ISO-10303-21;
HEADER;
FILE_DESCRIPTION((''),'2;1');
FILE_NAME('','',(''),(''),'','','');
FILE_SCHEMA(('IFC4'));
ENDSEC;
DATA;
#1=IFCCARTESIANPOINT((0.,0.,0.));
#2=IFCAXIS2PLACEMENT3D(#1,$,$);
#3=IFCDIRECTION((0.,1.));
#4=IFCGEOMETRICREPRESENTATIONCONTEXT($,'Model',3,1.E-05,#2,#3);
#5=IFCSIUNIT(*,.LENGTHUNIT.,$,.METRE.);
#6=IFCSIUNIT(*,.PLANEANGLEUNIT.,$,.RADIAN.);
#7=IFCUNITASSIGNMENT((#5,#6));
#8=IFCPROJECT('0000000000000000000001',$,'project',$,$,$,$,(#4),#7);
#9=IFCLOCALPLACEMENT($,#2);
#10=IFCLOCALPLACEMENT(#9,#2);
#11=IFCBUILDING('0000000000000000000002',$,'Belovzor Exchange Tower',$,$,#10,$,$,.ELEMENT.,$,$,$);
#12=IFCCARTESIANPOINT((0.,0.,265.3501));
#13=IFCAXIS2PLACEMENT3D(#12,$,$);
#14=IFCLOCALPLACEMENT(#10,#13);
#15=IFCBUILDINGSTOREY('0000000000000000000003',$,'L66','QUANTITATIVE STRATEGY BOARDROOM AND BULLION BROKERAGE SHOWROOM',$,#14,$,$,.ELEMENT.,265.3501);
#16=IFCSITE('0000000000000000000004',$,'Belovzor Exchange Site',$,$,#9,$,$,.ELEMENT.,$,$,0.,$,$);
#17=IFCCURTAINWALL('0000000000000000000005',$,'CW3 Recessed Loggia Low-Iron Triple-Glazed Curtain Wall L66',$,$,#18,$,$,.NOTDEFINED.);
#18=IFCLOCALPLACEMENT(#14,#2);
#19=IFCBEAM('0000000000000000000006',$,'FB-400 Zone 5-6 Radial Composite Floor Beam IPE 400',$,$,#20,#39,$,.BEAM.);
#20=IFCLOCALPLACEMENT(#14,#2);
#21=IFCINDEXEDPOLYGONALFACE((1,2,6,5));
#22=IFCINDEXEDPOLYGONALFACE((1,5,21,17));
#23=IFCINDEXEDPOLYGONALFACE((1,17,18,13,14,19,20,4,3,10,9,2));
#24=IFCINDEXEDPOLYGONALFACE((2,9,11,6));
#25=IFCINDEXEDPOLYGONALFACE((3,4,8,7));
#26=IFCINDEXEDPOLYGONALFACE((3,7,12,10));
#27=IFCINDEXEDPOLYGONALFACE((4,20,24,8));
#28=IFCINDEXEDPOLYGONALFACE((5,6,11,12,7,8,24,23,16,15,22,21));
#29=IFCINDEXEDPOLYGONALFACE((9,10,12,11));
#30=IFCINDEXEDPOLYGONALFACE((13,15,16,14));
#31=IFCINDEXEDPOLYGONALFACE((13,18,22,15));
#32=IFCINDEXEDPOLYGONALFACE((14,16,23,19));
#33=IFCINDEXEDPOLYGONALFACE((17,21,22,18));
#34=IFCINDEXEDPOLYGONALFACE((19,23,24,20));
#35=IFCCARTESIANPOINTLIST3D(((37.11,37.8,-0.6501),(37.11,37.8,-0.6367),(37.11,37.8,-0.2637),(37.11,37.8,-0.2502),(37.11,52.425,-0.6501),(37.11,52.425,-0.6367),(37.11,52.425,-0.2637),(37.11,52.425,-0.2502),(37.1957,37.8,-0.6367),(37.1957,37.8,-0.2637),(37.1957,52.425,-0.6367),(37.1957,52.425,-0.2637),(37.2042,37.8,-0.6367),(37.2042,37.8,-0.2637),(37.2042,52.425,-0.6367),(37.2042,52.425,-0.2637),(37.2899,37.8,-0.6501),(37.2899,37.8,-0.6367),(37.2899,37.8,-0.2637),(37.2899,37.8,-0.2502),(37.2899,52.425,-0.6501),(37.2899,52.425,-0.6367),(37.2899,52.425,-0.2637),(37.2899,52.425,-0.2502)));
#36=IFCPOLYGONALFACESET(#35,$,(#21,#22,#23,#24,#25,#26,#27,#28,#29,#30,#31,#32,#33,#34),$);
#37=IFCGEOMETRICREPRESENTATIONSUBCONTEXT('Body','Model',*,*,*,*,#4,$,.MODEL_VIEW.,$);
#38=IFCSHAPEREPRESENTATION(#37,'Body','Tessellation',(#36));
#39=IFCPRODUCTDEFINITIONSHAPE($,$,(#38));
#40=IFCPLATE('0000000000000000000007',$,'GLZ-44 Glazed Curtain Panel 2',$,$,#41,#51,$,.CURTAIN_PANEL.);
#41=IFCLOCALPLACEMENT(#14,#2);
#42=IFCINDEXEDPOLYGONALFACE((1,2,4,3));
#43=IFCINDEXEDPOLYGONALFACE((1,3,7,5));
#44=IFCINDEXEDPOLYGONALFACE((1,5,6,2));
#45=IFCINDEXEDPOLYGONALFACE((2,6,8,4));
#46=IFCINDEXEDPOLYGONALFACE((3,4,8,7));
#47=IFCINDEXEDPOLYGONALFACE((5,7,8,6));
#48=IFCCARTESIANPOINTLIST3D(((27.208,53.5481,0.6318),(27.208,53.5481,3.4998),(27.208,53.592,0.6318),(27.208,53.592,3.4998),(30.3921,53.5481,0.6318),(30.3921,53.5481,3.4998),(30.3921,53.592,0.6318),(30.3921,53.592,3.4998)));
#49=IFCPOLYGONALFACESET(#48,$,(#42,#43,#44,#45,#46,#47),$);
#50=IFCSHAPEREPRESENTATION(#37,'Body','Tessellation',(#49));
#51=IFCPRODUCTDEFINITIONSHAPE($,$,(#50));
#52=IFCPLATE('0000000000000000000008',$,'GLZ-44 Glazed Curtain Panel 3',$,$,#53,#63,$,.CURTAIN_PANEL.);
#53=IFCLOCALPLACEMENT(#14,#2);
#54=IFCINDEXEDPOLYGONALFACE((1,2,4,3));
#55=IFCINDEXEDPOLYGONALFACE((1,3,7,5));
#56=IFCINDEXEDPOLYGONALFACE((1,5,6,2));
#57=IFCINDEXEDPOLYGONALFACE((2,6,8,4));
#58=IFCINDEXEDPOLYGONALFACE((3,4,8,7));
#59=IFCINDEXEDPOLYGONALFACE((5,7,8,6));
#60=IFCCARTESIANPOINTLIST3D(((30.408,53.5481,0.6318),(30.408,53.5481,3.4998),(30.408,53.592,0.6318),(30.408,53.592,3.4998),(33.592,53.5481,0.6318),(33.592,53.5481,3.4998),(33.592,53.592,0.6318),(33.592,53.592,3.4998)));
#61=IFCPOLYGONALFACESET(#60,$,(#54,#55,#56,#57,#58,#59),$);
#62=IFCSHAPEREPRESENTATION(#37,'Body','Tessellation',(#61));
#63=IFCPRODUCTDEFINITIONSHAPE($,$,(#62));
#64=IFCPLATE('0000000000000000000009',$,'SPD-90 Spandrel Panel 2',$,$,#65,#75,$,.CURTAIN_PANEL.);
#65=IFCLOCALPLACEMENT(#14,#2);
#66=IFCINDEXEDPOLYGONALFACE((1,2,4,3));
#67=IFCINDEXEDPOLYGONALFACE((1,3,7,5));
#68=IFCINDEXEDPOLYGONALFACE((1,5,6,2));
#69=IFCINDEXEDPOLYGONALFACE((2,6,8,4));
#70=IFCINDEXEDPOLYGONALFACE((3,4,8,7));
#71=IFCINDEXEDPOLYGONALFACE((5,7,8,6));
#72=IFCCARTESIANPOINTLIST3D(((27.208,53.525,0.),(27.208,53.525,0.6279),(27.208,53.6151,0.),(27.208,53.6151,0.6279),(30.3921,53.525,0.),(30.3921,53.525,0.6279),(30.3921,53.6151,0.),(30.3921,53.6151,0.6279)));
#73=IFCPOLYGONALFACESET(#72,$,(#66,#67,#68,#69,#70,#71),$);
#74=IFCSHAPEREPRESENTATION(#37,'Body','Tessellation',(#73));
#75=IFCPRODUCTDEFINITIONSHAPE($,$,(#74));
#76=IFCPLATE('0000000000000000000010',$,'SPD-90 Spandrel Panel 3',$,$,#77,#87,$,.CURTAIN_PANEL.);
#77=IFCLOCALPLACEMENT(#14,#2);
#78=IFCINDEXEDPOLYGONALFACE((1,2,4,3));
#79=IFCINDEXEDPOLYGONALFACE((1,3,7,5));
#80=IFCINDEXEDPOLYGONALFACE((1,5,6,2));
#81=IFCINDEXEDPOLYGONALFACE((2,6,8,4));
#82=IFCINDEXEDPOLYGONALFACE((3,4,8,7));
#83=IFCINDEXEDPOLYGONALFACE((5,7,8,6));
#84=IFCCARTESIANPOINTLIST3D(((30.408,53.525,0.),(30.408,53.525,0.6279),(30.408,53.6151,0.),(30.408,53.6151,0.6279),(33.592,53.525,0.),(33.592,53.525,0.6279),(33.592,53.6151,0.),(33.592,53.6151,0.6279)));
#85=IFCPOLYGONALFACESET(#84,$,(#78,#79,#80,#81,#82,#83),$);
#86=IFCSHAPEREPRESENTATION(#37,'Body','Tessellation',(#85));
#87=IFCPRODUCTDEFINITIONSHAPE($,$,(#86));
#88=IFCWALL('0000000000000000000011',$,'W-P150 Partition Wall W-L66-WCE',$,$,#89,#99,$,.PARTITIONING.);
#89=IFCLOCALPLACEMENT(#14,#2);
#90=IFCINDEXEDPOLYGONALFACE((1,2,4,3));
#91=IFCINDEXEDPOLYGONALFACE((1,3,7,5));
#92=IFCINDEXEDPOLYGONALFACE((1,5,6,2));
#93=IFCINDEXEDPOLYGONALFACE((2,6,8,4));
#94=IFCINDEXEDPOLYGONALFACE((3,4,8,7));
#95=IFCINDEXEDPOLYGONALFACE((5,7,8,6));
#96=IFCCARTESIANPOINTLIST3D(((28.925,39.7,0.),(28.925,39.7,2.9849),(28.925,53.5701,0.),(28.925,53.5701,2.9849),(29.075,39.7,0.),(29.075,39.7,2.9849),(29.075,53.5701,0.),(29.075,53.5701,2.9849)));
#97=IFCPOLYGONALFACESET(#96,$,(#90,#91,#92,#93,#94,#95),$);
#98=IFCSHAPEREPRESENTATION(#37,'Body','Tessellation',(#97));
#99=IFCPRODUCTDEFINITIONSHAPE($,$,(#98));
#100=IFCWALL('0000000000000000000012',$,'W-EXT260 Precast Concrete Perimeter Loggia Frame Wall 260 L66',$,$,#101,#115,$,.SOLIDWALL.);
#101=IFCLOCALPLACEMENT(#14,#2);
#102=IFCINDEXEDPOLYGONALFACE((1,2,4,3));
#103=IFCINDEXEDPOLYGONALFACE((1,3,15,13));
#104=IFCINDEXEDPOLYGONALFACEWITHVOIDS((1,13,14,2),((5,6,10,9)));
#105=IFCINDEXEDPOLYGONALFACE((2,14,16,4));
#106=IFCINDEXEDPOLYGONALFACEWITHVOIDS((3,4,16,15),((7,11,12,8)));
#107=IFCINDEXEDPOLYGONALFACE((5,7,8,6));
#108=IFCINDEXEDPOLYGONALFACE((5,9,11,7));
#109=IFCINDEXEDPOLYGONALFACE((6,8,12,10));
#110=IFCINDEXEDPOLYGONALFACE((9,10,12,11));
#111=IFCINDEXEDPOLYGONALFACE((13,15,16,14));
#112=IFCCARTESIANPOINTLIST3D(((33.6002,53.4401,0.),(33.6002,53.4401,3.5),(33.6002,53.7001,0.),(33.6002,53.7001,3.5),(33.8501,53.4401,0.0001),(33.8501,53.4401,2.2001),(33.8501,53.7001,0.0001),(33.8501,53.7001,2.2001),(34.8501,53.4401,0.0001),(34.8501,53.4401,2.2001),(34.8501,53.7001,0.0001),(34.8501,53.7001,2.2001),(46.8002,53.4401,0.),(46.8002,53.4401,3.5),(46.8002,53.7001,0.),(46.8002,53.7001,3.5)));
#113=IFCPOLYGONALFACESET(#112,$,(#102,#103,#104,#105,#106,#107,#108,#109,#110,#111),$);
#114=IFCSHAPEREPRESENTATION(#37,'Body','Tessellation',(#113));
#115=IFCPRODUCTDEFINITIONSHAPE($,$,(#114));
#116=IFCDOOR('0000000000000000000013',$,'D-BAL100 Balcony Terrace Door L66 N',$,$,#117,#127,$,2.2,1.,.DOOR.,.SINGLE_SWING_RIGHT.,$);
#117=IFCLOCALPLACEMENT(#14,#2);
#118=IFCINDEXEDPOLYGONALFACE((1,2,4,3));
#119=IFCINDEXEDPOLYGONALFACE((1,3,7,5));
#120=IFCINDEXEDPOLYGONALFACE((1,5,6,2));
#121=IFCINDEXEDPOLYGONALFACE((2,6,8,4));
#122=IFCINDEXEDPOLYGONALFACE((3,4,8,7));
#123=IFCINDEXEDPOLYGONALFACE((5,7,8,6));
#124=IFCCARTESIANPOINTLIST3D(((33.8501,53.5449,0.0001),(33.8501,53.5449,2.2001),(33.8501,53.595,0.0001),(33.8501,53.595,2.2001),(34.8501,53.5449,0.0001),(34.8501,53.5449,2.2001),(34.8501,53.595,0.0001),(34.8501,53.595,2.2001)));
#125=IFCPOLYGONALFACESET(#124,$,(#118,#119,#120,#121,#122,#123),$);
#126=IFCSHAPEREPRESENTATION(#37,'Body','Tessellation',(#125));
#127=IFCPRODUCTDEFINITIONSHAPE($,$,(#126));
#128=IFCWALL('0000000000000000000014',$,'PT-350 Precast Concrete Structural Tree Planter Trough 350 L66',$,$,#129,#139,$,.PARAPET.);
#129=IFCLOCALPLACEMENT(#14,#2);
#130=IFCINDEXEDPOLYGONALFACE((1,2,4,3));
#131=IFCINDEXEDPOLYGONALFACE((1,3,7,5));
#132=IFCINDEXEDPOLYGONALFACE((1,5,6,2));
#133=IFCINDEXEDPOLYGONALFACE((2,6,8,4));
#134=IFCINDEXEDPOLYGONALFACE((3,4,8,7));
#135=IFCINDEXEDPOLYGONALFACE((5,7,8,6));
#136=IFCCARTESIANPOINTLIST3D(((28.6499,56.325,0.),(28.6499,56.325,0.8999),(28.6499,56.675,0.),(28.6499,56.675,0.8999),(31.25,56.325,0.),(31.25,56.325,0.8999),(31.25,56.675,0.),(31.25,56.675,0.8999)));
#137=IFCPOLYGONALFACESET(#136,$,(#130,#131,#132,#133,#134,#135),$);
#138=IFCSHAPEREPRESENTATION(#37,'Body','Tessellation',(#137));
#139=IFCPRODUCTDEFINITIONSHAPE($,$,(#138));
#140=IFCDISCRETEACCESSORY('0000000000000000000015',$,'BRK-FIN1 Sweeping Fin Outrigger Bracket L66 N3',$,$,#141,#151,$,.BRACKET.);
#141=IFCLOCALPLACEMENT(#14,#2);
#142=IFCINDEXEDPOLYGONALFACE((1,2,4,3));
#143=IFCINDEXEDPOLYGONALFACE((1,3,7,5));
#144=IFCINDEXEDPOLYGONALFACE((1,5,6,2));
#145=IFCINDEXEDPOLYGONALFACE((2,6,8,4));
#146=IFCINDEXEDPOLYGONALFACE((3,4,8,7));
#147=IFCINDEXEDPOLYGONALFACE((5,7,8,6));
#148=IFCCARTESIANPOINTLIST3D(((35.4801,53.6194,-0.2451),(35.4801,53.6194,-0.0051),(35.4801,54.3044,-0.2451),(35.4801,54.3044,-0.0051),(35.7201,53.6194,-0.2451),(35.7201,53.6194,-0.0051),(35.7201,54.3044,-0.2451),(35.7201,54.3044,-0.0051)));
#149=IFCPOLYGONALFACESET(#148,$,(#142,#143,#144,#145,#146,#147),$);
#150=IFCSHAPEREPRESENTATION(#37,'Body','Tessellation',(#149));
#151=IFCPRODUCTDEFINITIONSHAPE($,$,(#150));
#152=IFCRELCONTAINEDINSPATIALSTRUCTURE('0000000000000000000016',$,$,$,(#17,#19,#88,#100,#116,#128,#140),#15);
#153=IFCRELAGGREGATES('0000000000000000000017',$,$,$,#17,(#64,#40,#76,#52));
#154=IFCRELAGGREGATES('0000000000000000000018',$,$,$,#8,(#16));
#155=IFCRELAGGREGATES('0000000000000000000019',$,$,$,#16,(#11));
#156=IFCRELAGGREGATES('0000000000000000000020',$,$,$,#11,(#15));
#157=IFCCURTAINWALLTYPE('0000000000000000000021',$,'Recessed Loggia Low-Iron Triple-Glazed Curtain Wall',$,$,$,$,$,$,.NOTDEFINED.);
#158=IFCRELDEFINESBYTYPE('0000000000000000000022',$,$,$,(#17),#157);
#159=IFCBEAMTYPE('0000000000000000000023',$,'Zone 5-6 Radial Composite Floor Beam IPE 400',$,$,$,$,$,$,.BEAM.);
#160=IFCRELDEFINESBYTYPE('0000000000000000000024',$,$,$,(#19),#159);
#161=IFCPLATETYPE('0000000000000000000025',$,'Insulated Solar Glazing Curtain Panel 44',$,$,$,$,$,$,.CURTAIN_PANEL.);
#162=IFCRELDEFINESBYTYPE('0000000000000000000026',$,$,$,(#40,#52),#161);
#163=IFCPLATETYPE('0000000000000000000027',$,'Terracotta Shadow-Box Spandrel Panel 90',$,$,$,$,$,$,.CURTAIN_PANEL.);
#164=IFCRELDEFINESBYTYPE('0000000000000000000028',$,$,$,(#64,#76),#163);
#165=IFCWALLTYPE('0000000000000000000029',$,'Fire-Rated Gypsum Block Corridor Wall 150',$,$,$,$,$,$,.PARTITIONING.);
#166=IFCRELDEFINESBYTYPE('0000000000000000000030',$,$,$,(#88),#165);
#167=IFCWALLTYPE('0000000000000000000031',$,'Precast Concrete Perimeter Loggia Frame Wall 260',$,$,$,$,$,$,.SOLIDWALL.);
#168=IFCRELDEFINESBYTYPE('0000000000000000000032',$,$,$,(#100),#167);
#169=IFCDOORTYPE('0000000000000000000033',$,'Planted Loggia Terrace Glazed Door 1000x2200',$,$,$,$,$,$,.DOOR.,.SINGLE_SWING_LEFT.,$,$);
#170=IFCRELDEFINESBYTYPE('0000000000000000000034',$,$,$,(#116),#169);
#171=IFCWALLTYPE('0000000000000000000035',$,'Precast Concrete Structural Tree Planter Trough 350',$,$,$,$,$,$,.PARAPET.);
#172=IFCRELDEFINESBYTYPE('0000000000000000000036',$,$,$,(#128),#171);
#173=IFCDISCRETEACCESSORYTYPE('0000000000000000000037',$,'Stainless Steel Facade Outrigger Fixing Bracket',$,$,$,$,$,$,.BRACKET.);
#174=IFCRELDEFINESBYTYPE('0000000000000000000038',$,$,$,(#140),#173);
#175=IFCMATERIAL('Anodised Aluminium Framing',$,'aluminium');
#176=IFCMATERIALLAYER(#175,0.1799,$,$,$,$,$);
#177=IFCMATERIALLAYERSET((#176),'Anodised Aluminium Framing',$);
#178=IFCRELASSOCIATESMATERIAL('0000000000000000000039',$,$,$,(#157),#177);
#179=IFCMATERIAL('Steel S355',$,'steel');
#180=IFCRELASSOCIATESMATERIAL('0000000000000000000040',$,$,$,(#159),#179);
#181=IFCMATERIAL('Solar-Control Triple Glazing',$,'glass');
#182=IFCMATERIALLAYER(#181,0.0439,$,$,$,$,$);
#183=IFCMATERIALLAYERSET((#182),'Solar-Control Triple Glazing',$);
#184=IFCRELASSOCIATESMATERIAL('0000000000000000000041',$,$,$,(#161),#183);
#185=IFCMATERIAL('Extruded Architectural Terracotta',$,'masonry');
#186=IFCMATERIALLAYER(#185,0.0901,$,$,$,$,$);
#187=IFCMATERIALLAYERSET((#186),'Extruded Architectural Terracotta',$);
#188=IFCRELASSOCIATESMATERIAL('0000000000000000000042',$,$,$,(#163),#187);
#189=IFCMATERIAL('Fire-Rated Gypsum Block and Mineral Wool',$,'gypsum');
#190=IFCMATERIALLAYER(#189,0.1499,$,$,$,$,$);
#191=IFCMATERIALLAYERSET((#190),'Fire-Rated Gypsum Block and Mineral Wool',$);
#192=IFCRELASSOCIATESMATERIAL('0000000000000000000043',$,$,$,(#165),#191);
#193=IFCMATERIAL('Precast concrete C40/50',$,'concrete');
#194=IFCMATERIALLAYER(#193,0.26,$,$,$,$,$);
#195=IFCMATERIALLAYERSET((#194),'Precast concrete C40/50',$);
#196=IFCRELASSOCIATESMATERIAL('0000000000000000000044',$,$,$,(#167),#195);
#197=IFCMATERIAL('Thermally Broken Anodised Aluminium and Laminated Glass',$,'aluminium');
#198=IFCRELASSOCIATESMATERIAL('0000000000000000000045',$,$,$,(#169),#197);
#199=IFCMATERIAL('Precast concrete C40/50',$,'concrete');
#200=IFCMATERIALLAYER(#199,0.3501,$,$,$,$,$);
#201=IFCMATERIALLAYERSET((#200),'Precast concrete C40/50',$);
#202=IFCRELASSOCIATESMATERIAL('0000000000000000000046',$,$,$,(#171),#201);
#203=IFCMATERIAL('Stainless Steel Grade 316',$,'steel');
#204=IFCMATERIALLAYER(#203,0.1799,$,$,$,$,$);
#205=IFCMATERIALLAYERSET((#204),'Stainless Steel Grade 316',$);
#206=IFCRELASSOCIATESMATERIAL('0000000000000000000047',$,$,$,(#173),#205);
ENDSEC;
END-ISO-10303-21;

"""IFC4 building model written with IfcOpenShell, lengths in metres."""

from ifc_helpers import new_model, si_unit, direction, frame, frame_2d, origin, origin_2d, place, context, subcontext, project, spatial, rectangle, i_section, extrude, material, layer, layer_set, material_profile, profile_set, type_object, element, fill, aggregate, save


model = new_model("IFC4")

# Units and contexts
model_context = context("Model", 3, precision=1e-05, world=origin(), true_north=direction((0.0, 1.0)))
body_context = subcontext(model_context, "Body", "Model", "MODEL_VIEW")
ifc_project = project(units=[si_unit("LENGTHUNIT", "METRE"), si_unit("PLANEANGLEUNIT", "RADIAN")], contexts=[model_context])

# Site, building, storey
site_placement = place(None, origin())
site = spatial("IfcSite", under=ifc_project, at=site_placement, Name="Belovzor Exchange Site", CompositionType="ELEMENT", RefElevation=0.0)
building_placement = place(site_placement, origin())
building = spatial("IfcBuilding", under=site, at=building_placement, Name="Belovzor Exchange Tower", CompositionType="ELEMENT")
storey_placement = place(building_placement, frame((0.0, 0.0, 265.3501)))
storey = spatial("IfcBuildingStorey", under=building, at=storey_placement, Name="L66", Description="QUANTITATIVE STRATEGY BOARDROOM AND BULLION BROKERAGE SHOWROOM", CompositionType="ELEMENT", Elevation=265.3501)

# Curtain wall
ifc_material_1 = material(Name="Anodised Aluminium Framing", Category="aluminium")
ifc_layer_1 = layer(ifc_material_1, 0.1799)
ifc_layer_set_1 = layer_set([ifc_layer_1], Name="Anodised Aluminium Framing")
curtain_wall_type = type_object("IfcCurtainWallType", Name="Recessed Loggia Low-Iron Triple-Glazed Curtain Wall", PredefinedType="NOTDEFINED", material=ifc_layer_set_1)
curtain_wall_placement = place(storey_placement, origin())
curtain_wall = element("IfcCurtainWall", 1, at=curtain_wall_placement, inside=storey, type_object=curtain_wall_type, Name="CW3 Recessed Loggia Low-Iron Triple-Glazed Curtain Wall L66", PredefinedType="NOTDEFINED")

# Beam
ifc_material_2 = material(Name="Steel S355", Category="steel")
ifc_material_profile_1 = material_profile(ifc_material_2, i_section(OverallWidth=0.1799, OverallDepth=0.3999, WebThickness=0.0085, FlangeThickness=0.0134, at=origin_2d()))
ifc_profile_set_1 = profile_set([ifc_material_profile_1], Name="Steel S355")
beam_type_1 = type_object("IfcBeamType", Name="Zone 5-6 Radial Composite Floor Beam IPE 400", PredefinedType="BEAM", material=ifc_profile_set_1)
beam_1_placement = place(storey_placement, frame((37.2, 37.8, -0.4502), z_axis=(0.0, 1.0, 0.0), x_axis=(-1.0, 0.0, 0.0)))
element("IfcBeam", 2, at=beam_1_placement, inside=storey, type_object=beam_type_1, Name="FB-400 Zone 5-6 Radial Composite Floor Beam IPE 400", PredefinedType="BEAM", context=body_context, shape_type="SweptSolid", body=[
    extrude(i_section(OverallWidth=0.1799, OverallDepth=0.3999, WebThickness=0.0085, FlangeThickness=0.0134, at=origin_2d()), origin(), (0.0, 0.0, 1.0), 14.625),
])

# Plates
ifc_material_3 = material(Name="Solar-Control Triple Glazing", Category="glass")
ifc_layer_2 = layer(ifc_material_3, 0.0439)
ifc_layer_set_2 = layer_set([ifc_layer_2], Name="Solar-Control Triple Glazing")
plate_type_1 = type_object("IfcPlateType", Name="Insulated Solar Glazing Curtain Panel 44", PredefinedType="CURTAIN_PANEL", material=ifc_layer_set_2)
plate_1_placement = place(storey_placement, frame((28.8, 53.5701, 0.6318), z_axis=(0.0, 0.0, 1.0), x_axis=(1.0, 0.0, 0.0)))
plate_1 = element("IfcPlate", 3, at=plate_1_placement, type_object=plate_type_1, Name="GLZ-44 Glazed Curtain Panel 2", PredefinedType="CURTAIN_PANEL", context=body_context, shape_type="SweptSolid", body=[
    extrude(rectangle(XDim=3.1841, YDim=0.0439, at=origin_2d()), origin(), (0.0, 0.0, 1.0), 2.8679),
])
plate_2_placement = place(storey_placement, frame((32.0, 53.5701, 0.6318), z_axis=(0.0, 0.0, 1.0), x_axis=(1.0, 0.0, 0.0)))
plate_2 = element("IfcPlate", 4, at=plate_2_placement, type_object=plate_type_1, Name="GLZ-44 Glazed Curtain Panel 3", PredefinedType="CURTAIN_PANEL", context=body_context, shape_type="SweptSolid", body=[
    extrude(rectangle(XDim=3.1841, YDim=0.0439, at=origin_2d()), origin(), (0.0, 0.0, 1.0), 2.8679),
])
ifc_material_4 = material(Name="Extruded Architectural Terracotta", Category="masonry")
ifc_layer_3 = layer(ifc_material_4, 0.0901)
ifc_layer_set_3 = layer_set([ifc_layer_3], Name="Extruded Architectural Terracotta")
plate_type_2 = type_object("IfcPlateType", Name="Terracotta Shadow-Box Spandrel Panel 90", PredefinedType="CURTAIN_PANEL", material=ifc_layer_set_3)
plate_3_placement = place(storey_placement, frame((28.8, 53.5701, 0.0), z_axis=(0.0, 0.0, 1.0), x_axis=(1.0, 0.0, 0.0)))
plate_3 = element("IfcPlate", 5, at=plate_3_placement, type_object=plate_type_2, Name="SPD-90 Spandrel Panel 2", PredefinedType="CURTAIN_PANEL", context=body_context, shape_type="SweptSolid", body=[
    extrude(rectangle(XDim=3.1841, YDim=0.0901, at=origin_2d()), origin(), (0.0, 0.0, 1.0), 0.6279),
])
plate_4_placement = place(storey_placement, frame((32.0, 53.5701, 0.0), z_axis=(0.0, 0.0, 1.0), x_axis=(1.0, 0.0, 0.0)))
plate_4 = element("IfcPlate", 6, at=plate_4_placement, type_object=plate_type_2, Name="SPD-90 Spandrel Panel 3", PredefinedType="CURTAIN_PANEL", context=body_context, shape_type="SweptSolid", body=[
    extrude(rectangle(XDim=3.1841, YDim=0.0901, at=origin_2d()), origin(), (0.0, 0.0, 1.0), 0.6279),
])
aggregate(curtain_wall, [plate_3, plate_1, plate_4, plate_2])

# Wall
ifc_material_5 = material(Name="Fire-Rated Gypsum Block and Mineral Wool", Category="gypsum")
ifc_layer_4 = layer(ifc_material_5, 0.1499)
ifc_layer_set_4 = layer_set([ifc_layer_4], Name="Fire-Rated Gypsum Block and Mineral Wool")
wall_type_1 = type_object("IfcWallType", Name="Fire-Rated Gypsum Block Corridor Wall 150", PredefinedType="PARTITIONING", material=ifc_layer_set_4)
wall_1_placement = place(storey_placement, frame((29.0, 39.7, 0.0), z_axis=(0.0, 0.0, 1.0), x_axis=(0.0, 1.0, 0.0)))
element("IfcWall", 7, at=wall_1_placement, inside=storey, type_object=wall_type_1, Name="W-P150 Partition Wall W-L66-WCE", PredefinedType="PARTITIONING", context=body_context, shape_type="SweptSolid", body=[
    extrude(rectangle(XDim=13.8701, YDim=0.1499, at=frame_2d((6.9351, 0.0))), origin(), (0.0, 0.0, 1.0), 2.9849),
])

# Wall, opening, door
ifc_material_6 = material(Name="Precast concrete C40/50", Category="concrete")
ifc_layer_5 = layer(ifc_material_6, 0.26)
ifc_layer_set_5 = layer_set([ifc_layer_5], Name="Precast concrete C40/50")
wall_type_2 = type_object("IfcWallType", Name="Precast Concrete Perimeter Loggia Frame Wall 260", PredefinedType="SOLIDWALL", material=ifc_layer_set_5)
wall_2_placement = place(storey_placement, frame((33.6001, 53.5701, 0.0), z_axis=(0.0, 0.0, 1.0), x_axis=(1.0, 0.0, 0.0)))
wall_2 = element("IfcWall", 8, at=wall_2_placement, inside=storey, type_object=wall_type_2, Name="W-EXT260 Precast Concrete Perimeter Loggia Frame Wall 260 L66", PredefinedType="SOLIDWALL", context=body_context, shape_type="SweptSolid", body=[
    extrude(rectangle(XDim=13.2, YDim=0.26, at=frame_2d((6.6001, 0.0))), origin(), (0.0, 0.0, 1.0), 3.5),
])
opening_placement = place(wall_2_placement, frame((0.25, 0.0, 0.0)))
opening = element("IfcOpeningElement", 9, at=opening_placement, cuts=wall_2, PredefinedType="OPENING", context=body_context, shape_type="SweptSolid", body=[
    extrude(rectangle(XDim=1.0, YDim=2.2, at=frame_2d((0.5, 1.1001))), frame((0.0, 0.1399, 0.0), z_axis=(0.0, -1.0, 0.0), x_axis=(1.0, 0.0, 0.0)), (0.0, 0.0, 1.0), 0.28),
])
ifc_material_7 = material(Name="Thermally Broken Anodised Aluminium and Laminated Glass", Category="aluminium")
door_type = type_object("IfcDoorType", Name="Planted Loggia Terrace Glazed Door 1000x2200", OperationType="SINGLE_SWING_LEFT", PredefinedType="DOOR", material=ifc_material_7)
door_placement = place(opening_placement, origin())
door = element("IfcDoor", 10, at=door_placement, inside=storey, type_object=door_type, Name="D-BAL100 Balcony Terrace Door L66 N", OperationType="SINGLE_SWING_RIGHT", OverallHeight=2.2, OverallWidth=1.0, PredefinedType="DOOR", context=body_context, shape_type="SweptSolid", body=[
    extrude(rectangle(XDim=1.0, YDim=2.2, at=frame_2d((0.5, 1.1001))), frame((0.0, 0.0249, 0.0), z_axis=(0.0, -1.0, 0.0), x_axis=(1.0, 0.0, 0.0)), (0.0, 0.0, 1.0), 0.05),
])
fill(opening, door)

# Wall
ifc_material_8 = material(Name="Precast concrete C40/50", Category="concrete")
ifc_layer_6 = layer(ifc_material_8, 0.3501)
ifc_layer_set_6 = layer_set([ifc_layer_6], Name="Precast concrete C40/50")
wall_type_3 = type_object("IfcWallType", Name="Precast Concrete Structural Tree Planter Trough 350", PredefinedType="PARAPET", material=ifc_layer_set_6)
wall_3_placement = place(storey_placement, frame((28.6499, 56.5, 0.0), z_axis=(0.0, 0.0, 1.0), x_axis=(1.0, 0.0, 0.0)))
element("IfcWall", 11, at=wall_3_placement, inside=storey, type_object=wall_type_3, Name="PT-350 Precast Concrete Structural Tree Planter Trough 350 L66", PredefinedType="PARAPET", context=body_context, shape_type="SweptSolid", body=[
    extrude(rectangle(XDim=2.6001, YDim=0.3501, at=frame_2d((1.3, 0.0))), origin(), (0.0, 0.0, 1.0), 0.8999),
])

# Discrete accessory
ifc_material_9 = material(Name="Stainless Steel Grade 316", Category="steel")
ifc_layer_7 = layer(ifc_material_9, 0.1799)
ifc_layer_set_7 = layer_set([ifc_layer_7], Name="Stainless Steel Grade 316")
discrete_accessory_type = type_object("IfcDiscreteAccessoryType", Name="Stainless Steel Facade Outrigger Fixing Bracket", PredefinedType="BRACKET", material=ifc_layer_set_7)
discrete_accessory_placement = place(storey_placement, frame((35.6001, 53.9619, -0.2451), z_axis=(0.0, 0.0, 1.0), x_axis=(0.0, 1.0, 0.0)))
element("IfcDiscreteAccessory", 12, at=discrete_accessory_placement, inside=storey, type_object=discrete_accessory_type, Name="BRK-FIN1 Sweeping Fin Outrigger Bracket L66 N3", PredefinedType="BRACKET", context=body_context, shape_type="SweptSolid", body=[
    extrude(rectangle(XDim=0.6851, YDim=0.24, at=origin_2d()), origin(), (0.0, 0.0, 1.0), 0.24),
])

save(model, "model.ifc")
